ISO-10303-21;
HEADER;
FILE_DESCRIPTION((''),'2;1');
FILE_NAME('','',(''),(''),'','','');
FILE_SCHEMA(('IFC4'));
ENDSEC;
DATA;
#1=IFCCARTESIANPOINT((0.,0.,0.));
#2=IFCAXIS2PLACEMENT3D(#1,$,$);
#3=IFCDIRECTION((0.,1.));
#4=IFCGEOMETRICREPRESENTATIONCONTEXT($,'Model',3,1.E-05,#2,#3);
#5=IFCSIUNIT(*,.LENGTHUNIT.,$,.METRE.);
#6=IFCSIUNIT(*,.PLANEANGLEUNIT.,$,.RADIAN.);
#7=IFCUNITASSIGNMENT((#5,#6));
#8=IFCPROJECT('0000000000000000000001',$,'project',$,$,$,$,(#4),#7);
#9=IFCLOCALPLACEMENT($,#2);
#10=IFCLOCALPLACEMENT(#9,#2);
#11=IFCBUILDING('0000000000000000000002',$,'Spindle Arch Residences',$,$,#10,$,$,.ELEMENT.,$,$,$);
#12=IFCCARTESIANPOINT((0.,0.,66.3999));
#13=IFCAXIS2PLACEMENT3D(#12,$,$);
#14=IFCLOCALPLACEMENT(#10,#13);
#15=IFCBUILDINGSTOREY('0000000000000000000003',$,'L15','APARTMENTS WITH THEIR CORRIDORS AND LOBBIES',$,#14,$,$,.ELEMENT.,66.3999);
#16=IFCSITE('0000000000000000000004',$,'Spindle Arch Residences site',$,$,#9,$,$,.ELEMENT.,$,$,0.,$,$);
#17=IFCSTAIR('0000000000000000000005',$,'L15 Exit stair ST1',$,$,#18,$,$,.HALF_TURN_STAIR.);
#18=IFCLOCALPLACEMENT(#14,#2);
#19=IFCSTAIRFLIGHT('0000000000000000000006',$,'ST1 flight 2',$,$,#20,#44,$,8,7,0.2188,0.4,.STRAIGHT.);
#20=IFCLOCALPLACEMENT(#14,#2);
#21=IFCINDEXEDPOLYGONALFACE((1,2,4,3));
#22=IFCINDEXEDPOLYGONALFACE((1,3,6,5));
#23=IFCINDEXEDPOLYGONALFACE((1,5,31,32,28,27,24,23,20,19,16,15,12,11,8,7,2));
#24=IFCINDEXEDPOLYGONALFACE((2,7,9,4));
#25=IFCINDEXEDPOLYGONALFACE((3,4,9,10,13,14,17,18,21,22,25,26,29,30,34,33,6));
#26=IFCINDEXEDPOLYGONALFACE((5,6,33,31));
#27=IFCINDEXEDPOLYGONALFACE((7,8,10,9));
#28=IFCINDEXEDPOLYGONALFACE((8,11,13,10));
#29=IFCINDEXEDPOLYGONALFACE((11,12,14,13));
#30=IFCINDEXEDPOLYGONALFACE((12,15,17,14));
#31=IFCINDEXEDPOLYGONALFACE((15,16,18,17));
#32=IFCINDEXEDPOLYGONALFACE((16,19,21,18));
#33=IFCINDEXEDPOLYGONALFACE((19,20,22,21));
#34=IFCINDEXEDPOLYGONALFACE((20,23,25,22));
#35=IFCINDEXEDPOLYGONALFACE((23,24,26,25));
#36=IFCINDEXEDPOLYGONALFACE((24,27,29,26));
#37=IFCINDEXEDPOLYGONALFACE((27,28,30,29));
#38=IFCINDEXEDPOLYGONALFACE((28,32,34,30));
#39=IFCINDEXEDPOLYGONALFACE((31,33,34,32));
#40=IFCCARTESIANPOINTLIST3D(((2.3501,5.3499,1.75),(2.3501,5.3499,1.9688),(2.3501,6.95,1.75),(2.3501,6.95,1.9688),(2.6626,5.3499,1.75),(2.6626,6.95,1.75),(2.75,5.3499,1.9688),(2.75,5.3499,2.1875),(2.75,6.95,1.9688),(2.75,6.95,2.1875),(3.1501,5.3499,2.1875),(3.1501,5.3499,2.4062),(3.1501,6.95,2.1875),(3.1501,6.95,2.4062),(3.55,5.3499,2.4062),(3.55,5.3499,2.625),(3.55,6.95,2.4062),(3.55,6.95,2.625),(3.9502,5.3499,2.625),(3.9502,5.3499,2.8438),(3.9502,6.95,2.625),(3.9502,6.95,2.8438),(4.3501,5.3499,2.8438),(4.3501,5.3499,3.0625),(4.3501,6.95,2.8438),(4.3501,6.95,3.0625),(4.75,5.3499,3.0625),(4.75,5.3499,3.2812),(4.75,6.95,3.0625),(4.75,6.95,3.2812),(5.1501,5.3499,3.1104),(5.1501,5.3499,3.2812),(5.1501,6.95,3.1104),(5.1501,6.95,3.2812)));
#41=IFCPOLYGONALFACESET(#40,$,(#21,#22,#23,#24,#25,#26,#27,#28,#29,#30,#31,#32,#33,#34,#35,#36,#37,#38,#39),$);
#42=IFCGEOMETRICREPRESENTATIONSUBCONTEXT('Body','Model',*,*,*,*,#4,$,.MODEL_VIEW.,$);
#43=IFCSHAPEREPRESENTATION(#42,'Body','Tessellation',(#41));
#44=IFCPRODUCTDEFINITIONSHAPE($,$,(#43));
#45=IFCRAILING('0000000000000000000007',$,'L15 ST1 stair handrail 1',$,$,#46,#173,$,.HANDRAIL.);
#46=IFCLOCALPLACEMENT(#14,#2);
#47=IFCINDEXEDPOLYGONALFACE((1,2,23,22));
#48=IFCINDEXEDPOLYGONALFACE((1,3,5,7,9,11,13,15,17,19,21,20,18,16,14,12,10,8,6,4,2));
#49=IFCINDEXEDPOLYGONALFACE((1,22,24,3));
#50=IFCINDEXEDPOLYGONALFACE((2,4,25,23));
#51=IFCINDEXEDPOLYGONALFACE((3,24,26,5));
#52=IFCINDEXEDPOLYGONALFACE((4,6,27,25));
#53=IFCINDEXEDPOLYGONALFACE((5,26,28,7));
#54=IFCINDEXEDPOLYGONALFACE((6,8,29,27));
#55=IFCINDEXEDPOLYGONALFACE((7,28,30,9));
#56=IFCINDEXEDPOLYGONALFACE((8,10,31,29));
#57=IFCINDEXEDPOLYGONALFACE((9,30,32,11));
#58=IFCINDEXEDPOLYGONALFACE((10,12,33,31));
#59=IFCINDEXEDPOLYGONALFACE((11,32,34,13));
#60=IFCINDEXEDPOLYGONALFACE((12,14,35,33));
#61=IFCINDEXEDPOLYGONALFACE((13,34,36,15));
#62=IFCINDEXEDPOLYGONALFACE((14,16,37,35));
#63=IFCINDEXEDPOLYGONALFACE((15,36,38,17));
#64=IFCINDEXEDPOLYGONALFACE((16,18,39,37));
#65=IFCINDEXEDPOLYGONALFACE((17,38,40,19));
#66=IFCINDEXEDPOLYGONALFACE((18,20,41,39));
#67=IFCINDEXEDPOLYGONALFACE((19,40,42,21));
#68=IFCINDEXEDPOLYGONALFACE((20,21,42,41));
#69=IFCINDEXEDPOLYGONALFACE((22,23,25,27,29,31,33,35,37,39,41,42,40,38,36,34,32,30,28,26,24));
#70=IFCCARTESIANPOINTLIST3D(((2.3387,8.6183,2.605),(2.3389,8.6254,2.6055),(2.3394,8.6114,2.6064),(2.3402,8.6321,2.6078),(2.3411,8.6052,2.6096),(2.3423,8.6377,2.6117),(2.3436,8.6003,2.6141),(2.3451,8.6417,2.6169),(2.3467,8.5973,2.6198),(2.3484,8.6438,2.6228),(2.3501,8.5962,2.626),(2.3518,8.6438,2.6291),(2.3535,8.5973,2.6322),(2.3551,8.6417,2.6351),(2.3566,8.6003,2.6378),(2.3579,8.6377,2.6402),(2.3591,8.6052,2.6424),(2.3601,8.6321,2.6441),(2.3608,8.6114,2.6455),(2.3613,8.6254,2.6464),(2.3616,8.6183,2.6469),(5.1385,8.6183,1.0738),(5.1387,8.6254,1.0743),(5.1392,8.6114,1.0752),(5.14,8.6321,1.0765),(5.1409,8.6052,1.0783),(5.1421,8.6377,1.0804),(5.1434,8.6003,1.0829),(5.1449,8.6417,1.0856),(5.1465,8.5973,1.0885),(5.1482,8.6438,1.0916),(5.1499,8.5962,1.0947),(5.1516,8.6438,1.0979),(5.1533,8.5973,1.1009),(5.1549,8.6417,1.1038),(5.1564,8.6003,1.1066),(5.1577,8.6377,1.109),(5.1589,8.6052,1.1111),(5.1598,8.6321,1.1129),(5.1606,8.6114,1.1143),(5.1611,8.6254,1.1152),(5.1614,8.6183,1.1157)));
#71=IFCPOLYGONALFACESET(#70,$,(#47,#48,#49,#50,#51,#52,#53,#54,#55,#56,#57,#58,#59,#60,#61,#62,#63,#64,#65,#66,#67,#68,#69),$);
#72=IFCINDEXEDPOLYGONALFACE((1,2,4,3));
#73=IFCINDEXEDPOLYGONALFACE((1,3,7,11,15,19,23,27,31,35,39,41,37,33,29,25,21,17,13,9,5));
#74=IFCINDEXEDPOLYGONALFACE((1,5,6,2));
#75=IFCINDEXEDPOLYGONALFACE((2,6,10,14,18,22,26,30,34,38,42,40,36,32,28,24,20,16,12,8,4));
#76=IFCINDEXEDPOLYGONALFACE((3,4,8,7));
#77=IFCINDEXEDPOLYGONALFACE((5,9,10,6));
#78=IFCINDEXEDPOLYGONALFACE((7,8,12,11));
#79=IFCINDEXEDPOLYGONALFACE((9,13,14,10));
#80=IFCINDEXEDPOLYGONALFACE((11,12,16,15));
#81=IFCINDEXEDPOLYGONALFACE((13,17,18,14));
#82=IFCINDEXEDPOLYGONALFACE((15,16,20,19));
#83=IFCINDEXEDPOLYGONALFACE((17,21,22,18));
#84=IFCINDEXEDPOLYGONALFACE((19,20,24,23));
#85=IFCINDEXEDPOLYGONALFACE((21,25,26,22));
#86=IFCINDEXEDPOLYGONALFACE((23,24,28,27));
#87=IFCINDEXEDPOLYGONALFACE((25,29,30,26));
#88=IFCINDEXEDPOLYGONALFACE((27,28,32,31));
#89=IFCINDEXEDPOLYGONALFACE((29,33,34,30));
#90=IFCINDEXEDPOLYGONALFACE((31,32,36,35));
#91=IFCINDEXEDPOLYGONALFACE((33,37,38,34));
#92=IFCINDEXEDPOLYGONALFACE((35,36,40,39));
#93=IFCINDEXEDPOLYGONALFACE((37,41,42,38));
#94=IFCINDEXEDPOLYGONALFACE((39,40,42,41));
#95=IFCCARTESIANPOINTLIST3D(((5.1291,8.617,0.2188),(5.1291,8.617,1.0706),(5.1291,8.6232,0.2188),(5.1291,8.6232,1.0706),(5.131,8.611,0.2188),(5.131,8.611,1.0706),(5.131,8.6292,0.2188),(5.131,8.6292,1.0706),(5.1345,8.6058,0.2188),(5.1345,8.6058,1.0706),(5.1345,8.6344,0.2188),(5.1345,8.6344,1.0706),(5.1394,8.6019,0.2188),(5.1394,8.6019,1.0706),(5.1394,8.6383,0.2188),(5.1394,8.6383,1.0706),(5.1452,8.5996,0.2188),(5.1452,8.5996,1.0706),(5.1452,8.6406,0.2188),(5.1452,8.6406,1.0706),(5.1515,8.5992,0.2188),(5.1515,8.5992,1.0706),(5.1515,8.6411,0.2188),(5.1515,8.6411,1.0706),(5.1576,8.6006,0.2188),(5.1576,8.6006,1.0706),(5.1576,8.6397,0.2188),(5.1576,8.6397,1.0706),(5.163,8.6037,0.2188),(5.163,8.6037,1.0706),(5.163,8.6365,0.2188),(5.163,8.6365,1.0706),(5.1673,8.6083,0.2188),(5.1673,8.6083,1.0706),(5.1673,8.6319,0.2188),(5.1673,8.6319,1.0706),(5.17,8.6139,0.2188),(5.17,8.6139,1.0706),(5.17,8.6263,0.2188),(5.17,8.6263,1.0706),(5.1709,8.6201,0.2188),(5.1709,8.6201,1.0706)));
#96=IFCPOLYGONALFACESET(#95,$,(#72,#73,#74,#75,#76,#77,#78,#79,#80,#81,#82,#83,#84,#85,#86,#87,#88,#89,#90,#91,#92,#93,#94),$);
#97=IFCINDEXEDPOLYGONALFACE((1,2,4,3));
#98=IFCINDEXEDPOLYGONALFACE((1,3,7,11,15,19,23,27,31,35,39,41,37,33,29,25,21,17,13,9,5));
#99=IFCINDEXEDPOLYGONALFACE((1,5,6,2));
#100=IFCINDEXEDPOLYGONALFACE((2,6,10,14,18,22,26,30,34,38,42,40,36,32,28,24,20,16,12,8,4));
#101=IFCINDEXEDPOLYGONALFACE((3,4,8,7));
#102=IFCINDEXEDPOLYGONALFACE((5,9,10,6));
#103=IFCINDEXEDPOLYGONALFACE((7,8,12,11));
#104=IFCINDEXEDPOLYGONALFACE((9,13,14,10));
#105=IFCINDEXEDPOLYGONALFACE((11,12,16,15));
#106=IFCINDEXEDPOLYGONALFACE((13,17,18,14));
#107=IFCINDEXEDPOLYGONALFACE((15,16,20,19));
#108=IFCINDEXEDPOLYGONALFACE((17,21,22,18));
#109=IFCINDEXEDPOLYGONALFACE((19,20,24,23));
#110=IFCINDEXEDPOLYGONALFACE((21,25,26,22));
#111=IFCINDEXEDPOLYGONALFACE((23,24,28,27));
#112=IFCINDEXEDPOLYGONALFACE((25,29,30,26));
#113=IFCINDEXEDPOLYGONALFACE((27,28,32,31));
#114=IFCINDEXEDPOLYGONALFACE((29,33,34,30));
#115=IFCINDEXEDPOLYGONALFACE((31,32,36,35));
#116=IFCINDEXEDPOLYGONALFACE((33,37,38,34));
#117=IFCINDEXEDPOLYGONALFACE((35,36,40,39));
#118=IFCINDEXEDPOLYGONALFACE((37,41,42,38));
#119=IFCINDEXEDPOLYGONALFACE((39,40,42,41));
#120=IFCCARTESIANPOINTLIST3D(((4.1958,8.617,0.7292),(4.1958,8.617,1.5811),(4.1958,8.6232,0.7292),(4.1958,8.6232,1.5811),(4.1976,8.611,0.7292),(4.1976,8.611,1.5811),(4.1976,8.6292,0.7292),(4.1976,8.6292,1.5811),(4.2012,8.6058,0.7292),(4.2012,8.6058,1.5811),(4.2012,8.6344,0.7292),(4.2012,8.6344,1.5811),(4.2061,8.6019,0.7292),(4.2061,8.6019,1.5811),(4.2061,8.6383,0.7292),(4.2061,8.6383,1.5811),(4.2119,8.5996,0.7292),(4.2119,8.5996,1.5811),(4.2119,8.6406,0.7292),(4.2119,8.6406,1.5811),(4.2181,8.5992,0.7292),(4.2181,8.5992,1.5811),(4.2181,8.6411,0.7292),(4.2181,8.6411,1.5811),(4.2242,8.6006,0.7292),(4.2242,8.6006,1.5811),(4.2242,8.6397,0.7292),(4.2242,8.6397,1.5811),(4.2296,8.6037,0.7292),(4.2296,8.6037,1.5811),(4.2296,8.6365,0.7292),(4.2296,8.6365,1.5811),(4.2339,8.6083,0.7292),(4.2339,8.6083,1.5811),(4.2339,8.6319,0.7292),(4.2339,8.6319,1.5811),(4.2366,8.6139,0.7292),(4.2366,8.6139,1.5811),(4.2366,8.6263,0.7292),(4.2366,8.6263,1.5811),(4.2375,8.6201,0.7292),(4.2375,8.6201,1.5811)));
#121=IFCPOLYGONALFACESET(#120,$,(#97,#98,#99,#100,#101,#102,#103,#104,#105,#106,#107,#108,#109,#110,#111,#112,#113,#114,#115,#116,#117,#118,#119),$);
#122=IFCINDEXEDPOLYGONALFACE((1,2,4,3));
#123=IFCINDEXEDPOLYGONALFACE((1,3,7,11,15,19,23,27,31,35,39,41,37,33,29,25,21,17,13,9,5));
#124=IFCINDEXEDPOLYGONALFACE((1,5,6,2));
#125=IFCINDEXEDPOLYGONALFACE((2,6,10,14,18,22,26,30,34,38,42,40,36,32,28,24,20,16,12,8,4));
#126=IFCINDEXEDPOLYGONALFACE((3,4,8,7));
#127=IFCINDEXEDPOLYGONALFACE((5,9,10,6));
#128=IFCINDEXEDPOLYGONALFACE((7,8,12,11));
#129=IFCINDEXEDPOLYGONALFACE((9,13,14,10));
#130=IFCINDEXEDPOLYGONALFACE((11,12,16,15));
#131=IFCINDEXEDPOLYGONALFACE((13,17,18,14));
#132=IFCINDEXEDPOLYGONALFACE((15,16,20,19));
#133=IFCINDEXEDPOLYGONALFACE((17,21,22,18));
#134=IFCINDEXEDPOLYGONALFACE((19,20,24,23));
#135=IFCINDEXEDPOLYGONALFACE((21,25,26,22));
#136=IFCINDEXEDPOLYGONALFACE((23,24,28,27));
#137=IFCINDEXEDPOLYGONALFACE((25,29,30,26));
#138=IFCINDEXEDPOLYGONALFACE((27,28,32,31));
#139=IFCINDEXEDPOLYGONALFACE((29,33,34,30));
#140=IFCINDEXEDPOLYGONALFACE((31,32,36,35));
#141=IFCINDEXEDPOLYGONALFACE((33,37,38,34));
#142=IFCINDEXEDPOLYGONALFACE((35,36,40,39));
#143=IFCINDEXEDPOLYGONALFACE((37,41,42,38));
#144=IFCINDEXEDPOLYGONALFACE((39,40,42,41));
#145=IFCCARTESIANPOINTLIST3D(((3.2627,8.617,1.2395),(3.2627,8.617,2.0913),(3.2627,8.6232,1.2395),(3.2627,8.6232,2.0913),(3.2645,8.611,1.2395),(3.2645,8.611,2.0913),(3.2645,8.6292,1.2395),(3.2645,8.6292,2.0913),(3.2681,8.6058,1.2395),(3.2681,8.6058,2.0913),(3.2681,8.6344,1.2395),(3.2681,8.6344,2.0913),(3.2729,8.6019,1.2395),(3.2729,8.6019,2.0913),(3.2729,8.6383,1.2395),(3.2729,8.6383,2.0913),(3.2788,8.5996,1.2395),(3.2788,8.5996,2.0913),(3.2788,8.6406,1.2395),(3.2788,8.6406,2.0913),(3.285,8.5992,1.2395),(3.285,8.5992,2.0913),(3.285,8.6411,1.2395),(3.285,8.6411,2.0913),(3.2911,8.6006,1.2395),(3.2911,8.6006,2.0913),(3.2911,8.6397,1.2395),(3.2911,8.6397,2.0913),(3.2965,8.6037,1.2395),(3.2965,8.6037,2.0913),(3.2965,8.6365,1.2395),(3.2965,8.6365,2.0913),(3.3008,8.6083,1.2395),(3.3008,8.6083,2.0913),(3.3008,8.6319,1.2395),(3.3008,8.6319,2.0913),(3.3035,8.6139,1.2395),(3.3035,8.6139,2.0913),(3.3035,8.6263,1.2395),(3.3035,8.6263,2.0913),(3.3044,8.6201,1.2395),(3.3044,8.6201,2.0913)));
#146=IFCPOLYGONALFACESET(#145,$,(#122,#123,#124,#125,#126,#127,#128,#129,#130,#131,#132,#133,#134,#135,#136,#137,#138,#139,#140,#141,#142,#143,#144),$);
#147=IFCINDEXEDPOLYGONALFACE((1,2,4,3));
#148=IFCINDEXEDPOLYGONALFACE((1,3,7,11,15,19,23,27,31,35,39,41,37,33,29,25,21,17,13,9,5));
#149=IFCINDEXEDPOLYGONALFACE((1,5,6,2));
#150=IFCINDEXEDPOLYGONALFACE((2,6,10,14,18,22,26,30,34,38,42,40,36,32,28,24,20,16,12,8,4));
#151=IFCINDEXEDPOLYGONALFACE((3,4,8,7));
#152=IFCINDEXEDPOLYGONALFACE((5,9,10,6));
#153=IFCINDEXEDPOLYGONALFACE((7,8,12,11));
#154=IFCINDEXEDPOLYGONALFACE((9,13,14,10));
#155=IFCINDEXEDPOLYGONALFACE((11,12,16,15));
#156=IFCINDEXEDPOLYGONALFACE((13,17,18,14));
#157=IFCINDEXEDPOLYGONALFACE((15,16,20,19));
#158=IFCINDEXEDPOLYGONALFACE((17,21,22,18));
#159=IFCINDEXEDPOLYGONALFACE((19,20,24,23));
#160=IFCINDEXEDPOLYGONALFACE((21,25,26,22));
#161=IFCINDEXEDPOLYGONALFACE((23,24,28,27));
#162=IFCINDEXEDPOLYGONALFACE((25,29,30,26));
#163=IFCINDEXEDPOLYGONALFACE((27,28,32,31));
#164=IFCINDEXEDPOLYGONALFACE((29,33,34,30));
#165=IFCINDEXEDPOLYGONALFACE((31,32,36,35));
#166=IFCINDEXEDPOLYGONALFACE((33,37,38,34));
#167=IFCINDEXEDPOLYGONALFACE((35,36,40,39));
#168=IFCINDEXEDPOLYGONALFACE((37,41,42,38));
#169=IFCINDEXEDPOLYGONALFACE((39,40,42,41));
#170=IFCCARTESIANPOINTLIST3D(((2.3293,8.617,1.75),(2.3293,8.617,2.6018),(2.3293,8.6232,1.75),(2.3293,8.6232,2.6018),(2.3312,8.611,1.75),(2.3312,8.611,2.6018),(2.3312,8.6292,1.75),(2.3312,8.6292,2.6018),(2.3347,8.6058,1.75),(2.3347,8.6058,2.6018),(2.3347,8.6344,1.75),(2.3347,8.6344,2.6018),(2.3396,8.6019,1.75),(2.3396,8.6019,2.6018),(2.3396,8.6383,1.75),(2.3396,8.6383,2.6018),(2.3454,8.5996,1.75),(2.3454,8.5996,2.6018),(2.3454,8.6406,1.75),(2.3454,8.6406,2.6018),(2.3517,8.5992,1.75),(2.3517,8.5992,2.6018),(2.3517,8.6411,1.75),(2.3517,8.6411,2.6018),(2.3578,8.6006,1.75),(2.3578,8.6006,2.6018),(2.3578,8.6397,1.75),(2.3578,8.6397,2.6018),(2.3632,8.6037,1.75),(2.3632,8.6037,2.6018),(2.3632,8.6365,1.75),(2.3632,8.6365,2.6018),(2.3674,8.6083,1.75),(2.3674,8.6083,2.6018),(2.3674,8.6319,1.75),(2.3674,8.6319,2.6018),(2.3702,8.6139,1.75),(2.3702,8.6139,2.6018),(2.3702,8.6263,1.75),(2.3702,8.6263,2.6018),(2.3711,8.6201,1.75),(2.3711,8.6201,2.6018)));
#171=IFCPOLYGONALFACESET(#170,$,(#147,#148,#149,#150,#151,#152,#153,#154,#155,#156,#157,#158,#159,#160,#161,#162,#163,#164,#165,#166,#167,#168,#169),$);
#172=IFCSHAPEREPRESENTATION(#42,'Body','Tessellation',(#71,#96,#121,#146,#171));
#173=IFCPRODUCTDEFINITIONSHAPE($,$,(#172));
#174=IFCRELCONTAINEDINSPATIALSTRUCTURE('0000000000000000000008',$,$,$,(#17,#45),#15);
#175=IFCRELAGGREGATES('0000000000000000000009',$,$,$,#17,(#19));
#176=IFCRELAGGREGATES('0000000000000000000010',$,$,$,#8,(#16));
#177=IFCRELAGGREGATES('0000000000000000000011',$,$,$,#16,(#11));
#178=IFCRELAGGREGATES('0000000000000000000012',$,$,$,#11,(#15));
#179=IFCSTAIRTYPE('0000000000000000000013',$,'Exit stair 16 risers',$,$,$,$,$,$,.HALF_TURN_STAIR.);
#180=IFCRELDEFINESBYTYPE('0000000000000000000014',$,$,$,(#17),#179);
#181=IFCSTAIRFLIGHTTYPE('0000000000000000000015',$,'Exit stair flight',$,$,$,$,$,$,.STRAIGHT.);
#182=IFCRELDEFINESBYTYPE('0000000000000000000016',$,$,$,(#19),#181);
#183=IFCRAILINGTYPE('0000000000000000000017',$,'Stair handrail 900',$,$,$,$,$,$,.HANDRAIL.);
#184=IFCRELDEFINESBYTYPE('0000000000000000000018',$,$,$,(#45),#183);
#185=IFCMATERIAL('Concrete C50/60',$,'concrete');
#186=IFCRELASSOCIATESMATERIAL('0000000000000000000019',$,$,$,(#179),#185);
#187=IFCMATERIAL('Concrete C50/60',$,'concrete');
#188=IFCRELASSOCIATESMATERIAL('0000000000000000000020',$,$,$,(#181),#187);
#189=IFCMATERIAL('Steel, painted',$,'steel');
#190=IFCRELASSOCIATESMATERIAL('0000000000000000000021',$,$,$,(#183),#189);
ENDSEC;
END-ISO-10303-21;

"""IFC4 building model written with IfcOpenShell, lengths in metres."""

from ifc_helpers import new_model, si_unit, direction, frame, origin, origin_2d, place, context, subcontext, project, spatial, polyline, circle, outline, extrude, material, type_object, element, aggregate, save


model = new_model("IFC4")

# Units and contexts
model_context = context("Model", 3, precision=1e-05, world=origin(), true_north=direction((0.0, 1.0)))
body_context = subcontext(model_context, "Body", "Model", "MODEL_VIEW")
ifc_project = project(units=[si_unit("LENGTHUNIT", "METRE"), si_unit("PLANEANGLEUNIT", "RADIAN")], contexts=[model_context])

# Site, building, storey
site_placement = place(None, origin())
site = spatial("IfcSite", under=ifc_project, at=site_placement, Name="Spindle Arch Residences site", CompositionType="ELEMENT", RefElevation=0.0)
building_placement = place(site_placement, origin())
building = spatial("IfcBuilding", under=site, at=building_placement, Name="Spindle Arch Residences", CompositionType="ELEMENT")
storey_placement = place(building_placement, frame((0.0, 0.0, 66.3999)))
storey = spatial("IfcBuildingStorey", under=building, at=storey_placement, Name="L15", Description="APARTMENTS WITH THEIR CORRIDORS AND LOBBIES", CompositionType="ELEMENT", Elevation=66.3999)

# Shared definitions
ifc_material_1 = material(Name="Concrete C50/60", Category="concrete")
stair_type = type_object("IfcStairType", Name="Exit stair 16 risers", PredefinedType="HALF_TURN_STAIR", material=ifc_material_1)

# Stair, stair flight
stair_1_placement = place(storey_placement, origin())
stair_1 = element("IfcStair", 1, at=stair_1_placement, inside=storey, type_object=stair_type, Name="L15 Exit stair ST1", PredefinedType="HALF_TURN_STAIR")
ifc_material_2 = material(Name="Concrete C50/60", Category="concrete")
stair_flight_type = type_object("IfcStairFlightType", Name="Exit stair flight", PredefinedType="STRAIGHT", material=ifc_material_2)
stair_flight_1_placement = place(storey_placement, frame((2.3501, 6.1499, 1.75), z_axis=(0.0, 0.0, 1.0), x_axis=(1.0, 0.0, 0.0)))
stair_flight_1 = element("IfcStairFlight", 2, at=stair_flight_1_placement, type_object=stair_flight_type, Name="ST1 flight 2", NumberOfRisers=8, NumberOfTreads=7, PredefinedType="STRAIGHT", RiserHeight=0.2188, TreadLength=0.4, context=body_context, shape_type="SweptSolid", body=[
    extrude(outline(polyline([(0.0, 0.0), (0.0, 0.2188), (0.3999, 0.2188), (0.3999, 0.4375), (0.8, 0.4375), (0.8, 0.6562), (1.2, 0.6562), (1.2, 0.875), (1.6001, 0.875), (1.6001, 1.0938), (2.0, 1.0938), (2.0, 1.3125), (2.3999, 1.3125), (2.3999, 1.5312), (2.8, 1.5312), (2.8, 1.75), (2.8, 1.3604), (0.3125, 0.0), (0.0, 0.0)])), frame((0.0, 0.8, 0.0), z_axis=(0.0, -1.0, 0.0), x_axis=(1.0, 0.0, 0.0)), (0.0, 0.0, 1.0), 1.6001),
])
aggregate(stair_1, [stair_flight_1])

# Railing
ifc_material_3 = material(Name="Steel, painted", Category="steel")
railing_type_1 = type_object("IfcRailingType", Name="Stair handrail 900", PredefinedType="HANDRAIL", material=ifc_material_3)
railing_1_placement = place(storey_placement, frame((5.1499, 8.6201, 0.2188)))
element("IfcRailing", 3, at=railing_1_placement, inside=storey, type_object=railing_type_1, Name="L15 ST1 stair handrail 1", PredefinedType="HANDRAIL", context=body_context, shape_type="SweptSolid", body=[
    extrude(circle(Radius=0.0239, at=origin_2d()), frame((0.0, 0.0, 0.876), z_axis=(-0.877357, 0.0, 0.479838), x_axis=(0.0, -1.0, 0.0)), (0.0, 0.0, 1.0), 3.1912),
    extrude(circle(Radius=0.021, at=origin_2d()), origin(), (0.0, 0.0, 1.0), 0.8518),
    extrude(circle(Radius=0.021, at=origin_2d()), frame((-0.9333, 0.0, 0.5105)), (0.0, 0.0, 1.0), 0.8518),
    extrude(circle(Radius=0.021, at=origin_2d()), frame((-1.8665, 0.0, 1.0208)), (0.0, 0.0, 1.0), 0.8518),
    extrude(circle(Radius=0.021, at=origin_2d()), frame((-2.7998, 0.0, 1.5312)), (0.0, 0.0, 1.0), 0.8518),
])

save(model, "model.ifc")
